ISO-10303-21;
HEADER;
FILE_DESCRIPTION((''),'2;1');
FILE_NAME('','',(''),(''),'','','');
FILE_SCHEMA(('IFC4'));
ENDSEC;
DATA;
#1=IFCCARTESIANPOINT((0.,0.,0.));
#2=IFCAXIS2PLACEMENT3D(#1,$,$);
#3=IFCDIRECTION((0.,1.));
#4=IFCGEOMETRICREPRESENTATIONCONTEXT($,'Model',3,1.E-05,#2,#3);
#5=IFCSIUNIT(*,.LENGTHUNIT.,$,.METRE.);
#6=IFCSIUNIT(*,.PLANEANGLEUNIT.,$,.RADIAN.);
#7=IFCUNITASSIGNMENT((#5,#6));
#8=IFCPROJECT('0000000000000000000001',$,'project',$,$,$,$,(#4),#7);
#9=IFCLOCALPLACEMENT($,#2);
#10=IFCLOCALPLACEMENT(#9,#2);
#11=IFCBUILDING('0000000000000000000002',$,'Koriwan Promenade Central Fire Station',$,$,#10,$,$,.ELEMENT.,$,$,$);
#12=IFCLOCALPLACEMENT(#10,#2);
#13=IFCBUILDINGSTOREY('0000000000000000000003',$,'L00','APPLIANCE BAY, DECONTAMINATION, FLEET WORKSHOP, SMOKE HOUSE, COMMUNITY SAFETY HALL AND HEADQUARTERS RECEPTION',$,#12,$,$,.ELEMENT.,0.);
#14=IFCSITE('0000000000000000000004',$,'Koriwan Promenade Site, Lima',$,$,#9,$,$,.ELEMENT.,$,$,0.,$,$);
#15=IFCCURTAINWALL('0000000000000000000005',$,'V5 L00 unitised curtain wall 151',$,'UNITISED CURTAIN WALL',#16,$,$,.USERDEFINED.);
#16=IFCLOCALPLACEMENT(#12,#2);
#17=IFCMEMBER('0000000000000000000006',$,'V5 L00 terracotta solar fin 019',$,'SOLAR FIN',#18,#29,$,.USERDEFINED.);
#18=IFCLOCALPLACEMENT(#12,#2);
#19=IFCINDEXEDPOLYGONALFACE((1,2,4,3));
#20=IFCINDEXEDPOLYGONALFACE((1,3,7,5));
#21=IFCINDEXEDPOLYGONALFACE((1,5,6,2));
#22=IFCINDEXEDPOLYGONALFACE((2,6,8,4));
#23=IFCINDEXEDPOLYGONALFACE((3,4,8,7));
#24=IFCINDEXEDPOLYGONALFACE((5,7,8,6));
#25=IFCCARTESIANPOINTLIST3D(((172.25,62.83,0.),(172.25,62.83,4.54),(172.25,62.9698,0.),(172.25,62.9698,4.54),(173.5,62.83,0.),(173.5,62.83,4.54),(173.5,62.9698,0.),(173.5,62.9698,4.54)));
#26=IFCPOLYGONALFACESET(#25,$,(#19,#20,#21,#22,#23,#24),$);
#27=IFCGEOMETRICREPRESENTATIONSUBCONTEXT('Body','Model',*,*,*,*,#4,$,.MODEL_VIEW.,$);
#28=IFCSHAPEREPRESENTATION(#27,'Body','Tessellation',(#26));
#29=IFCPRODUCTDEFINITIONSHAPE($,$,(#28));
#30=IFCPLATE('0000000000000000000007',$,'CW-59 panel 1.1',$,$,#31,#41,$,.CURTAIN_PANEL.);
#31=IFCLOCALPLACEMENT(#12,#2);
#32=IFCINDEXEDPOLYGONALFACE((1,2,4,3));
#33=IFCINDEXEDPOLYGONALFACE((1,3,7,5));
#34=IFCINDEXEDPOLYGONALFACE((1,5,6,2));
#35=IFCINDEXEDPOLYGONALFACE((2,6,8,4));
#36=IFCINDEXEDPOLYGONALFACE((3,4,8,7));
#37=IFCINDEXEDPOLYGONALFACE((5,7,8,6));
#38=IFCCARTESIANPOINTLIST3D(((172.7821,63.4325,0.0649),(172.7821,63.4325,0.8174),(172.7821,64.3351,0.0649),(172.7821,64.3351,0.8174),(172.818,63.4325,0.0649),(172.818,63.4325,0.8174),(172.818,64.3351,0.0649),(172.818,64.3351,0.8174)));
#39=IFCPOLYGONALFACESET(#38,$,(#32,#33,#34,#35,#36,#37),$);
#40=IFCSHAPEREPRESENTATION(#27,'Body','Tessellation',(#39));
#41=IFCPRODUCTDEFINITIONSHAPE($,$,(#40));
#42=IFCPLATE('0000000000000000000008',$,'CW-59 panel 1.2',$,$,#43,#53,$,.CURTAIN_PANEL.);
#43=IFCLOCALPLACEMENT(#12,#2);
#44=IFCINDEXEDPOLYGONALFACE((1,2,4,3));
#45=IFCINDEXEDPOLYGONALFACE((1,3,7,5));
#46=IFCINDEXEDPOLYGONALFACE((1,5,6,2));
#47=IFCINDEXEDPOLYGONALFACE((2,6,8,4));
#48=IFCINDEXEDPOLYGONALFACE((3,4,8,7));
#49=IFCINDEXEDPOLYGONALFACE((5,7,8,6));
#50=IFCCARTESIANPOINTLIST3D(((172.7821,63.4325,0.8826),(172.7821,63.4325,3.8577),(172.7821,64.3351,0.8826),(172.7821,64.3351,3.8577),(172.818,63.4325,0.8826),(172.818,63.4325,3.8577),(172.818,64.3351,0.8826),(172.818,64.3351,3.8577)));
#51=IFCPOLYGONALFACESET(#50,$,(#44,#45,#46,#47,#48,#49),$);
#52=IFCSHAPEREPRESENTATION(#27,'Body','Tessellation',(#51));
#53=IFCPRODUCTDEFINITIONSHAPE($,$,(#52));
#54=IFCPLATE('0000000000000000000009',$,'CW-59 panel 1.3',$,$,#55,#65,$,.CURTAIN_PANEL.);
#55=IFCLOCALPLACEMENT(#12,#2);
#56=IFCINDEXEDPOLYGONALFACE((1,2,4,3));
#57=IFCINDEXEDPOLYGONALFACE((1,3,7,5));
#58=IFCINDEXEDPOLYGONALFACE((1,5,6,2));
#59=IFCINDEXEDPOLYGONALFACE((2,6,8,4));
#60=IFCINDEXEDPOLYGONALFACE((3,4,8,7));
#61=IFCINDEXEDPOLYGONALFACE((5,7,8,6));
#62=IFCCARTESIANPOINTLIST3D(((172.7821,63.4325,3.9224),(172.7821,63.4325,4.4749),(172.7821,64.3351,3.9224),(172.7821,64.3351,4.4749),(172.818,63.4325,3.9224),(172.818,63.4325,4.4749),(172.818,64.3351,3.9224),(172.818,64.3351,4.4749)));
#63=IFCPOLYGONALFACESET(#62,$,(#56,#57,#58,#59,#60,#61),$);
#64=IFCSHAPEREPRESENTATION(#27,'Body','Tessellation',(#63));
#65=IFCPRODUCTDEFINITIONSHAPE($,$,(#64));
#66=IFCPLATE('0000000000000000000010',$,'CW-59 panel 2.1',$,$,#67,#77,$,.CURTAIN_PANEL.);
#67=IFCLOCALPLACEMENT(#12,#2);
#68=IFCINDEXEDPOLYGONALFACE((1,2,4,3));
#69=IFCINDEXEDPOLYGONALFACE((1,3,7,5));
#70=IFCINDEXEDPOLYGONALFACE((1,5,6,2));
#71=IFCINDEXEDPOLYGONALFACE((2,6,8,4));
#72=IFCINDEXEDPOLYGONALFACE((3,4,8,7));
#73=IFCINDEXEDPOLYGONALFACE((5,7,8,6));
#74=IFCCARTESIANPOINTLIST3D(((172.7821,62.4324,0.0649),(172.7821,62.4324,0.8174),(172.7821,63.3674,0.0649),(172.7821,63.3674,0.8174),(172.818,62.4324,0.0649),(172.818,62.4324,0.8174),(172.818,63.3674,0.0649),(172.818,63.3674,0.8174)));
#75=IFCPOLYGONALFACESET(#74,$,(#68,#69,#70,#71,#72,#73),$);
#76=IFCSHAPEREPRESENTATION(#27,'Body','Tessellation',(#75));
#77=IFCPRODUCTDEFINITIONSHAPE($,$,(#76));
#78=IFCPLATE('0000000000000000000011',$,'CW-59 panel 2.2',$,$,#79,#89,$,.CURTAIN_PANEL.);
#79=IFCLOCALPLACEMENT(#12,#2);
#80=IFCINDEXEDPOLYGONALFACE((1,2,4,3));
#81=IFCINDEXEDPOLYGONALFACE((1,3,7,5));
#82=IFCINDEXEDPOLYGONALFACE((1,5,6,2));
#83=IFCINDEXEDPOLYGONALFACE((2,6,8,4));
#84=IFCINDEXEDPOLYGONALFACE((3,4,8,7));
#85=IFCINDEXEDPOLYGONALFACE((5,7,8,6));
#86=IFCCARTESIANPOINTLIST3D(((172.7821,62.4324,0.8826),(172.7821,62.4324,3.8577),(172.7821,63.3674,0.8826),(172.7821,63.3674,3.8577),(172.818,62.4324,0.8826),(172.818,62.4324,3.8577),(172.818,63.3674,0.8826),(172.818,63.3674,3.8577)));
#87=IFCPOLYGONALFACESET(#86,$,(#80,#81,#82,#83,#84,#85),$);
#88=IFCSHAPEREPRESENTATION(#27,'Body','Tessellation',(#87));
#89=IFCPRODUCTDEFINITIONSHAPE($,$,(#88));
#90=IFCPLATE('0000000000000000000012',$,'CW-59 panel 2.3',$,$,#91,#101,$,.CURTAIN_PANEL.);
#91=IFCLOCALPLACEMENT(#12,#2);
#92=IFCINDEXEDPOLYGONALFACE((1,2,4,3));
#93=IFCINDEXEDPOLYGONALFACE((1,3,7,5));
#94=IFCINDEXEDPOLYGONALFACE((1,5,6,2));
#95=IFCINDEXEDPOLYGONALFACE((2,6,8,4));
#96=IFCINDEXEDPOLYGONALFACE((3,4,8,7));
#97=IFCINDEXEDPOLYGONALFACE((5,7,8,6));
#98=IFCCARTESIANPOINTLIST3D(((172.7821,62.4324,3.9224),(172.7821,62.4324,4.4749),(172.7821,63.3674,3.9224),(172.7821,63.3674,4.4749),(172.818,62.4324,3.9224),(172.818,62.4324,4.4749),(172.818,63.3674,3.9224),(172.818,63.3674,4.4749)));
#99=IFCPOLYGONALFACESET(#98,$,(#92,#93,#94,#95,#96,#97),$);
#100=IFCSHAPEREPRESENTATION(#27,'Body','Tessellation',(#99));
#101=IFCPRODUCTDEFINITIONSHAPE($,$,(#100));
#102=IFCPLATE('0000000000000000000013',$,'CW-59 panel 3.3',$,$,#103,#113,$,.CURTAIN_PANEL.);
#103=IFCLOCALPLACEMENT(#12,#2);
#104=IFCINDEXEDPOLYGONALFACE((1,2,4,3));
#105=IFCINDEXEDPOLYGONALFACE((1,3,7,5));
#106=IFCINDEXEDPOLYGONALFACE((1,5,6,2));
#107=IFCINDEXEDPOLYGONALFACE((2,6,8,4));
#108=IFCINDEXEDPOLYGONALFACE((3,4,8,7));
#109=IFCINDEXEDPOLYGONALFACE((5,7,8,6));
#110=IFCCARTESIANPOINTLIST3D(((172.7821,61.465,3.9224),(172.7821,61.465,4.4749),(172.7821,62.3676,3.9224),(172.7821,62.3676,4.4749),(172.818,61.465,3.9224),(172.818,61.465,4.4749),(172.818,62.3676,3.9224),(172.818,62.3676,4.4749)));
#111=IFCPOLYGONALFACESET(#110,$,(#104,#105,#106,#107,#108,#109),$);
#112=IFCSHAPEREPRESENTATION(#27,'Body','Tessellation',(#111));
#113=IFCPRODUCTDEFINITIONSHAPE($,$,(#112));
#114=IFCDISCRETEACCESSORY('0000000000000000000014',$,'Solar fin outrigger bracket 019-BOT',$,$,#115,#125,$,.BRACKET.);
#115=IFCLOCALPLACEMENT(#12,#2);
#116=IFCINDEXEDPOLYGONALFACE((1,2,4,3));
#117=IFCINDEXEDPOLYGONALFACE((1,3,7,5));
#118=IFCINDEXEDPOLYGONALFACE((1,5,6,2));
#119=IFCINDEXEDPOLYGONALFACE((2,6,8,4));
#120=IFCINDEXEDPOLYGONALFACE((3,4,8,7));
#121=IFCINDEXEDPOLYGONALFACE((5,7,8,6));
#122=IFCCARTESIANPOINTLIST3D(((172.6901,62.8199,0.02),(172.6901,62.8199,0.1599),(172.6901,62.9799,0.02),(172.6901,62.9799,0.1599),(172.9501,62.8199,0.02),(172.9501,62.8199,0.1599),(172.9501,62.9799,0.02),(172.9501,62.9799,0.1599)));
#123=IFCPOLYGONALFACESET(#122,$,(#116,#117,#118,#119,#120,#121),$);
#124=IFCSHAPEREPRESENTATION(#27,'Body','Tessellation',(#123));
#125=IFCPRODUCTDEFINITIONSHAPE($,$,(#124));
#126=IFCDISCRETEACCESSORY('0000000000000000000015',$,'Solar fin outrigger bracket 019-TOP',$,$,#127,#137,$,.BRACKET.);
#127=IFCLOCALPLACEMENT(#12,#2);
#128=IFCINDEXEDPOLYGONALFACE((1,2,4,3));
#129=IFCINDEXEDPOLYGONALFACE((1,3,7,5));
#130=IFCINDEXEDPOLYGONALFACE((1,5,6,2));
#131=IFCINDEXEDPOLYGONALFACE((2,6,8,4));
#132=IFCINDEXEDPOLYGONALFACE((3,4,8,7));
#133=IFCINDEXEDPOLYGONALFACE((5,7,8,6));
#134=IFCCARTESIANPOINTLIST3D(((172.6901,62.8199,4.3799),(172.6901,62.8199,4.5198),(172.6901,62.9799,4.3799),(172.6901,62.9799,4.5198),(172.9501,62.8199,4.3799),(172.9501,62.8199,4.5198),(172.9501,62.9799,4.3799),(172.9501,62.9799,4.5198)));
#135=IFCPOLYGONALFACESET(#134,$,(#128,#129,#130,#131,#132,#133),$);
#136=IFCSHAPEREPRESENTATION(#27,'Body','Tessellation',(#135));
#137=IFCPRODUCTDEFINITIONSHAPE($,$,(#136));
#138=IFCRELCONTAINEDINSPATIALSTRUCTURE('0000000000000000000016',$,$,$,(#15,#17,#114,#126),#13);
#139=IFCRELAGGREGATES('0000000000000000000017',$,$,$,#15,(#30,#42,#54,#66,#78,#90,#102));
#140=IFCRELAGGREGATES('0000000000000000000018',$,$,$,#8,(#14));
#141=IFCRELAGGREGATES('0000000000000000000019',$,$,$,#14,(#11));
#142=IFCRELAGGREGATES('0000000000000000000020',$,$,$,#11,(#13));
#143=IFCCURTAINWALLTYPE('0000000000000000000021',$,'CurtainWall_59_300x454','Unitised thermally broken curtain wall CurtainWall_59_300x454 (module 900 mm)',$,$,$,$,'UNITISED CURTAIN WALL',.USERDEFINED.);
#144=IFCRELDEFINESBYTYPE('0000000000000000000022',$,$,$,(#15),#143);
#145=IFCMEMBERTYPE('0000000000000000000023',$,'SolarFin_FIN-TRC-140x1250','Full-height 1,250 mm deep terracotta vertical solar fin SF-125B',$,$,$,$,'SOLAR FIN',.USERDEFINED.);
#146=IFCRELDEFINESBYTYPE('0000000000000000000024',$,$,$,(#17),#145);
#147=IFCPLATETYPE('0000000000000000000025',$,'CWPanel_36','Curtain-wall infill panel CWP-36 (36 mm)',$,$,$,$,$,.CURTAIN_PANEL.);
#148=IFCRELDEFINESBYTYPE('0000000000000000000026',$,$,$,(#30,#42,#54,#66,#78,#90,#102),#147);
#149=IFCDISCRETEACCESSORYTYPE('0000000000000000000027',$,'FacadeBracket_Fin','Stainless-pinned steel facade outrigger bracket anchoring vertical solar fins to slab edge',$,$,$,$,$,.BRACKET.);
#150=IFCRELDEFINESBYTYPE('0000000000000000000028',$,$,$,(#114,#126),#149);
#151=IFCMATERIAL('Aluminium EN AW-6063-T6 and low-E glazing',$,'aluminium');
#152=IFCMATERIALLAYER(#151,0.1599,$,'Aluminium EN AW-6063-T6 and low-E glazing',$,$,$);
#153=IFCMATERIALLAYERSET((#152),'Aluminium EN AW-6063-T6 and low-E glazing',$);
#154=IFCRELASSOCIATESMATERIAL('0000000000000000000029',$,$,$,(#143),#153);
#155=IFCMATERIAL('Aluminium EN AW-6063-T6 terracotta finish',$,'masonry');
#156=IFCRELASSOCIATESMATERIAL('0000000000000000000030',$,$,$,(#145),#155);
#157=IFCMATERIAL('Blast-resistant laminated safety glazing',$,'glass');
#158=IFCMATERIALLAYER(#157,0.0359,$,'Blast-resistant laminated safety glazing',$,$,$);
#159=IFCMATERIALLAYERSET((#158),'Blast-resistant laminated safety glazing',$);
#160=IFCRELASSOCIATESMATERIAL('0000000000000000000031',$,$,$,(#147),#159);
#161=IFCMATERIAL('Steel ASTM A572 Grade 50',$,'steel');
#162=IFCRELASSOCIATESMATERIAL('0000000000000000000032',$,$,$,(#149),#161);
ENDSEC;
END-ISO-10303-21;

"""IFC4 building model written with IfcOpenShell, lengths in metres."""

from ifc_helpers import new_model, si_unit, direction, frame, origin, origin_2d, place, context, subcontext, project, spatial, rectangle, extrude, material, layer, layer_set, material_profile, profile_set, type_object, element, aggregate, save


model = new_model("IFC4")

# Units and contexts
model_context = context("Model", 3, precision=1e-05, world=origin(), true_north=direction((0.0, 1.0)))
body_context = subcontext(model_context, "Body", "Model", "MODEL_VIEW")
ifc_project = project(units=[si_unit("LENGTHUNIT", "METRE"), si_unit("PLANEANGLEUNIT", "RADIAN")], contexts=[model_context])

# Site, building, storey
site_placement = place(None, origin())
site = spatial("IfcSite", under=ifc_project, at=site_placement, Name="Koriwan Promenade Site, Lima", CompositionType="ELEMENT", RefElevation=0.0)
building_placement = place(site_placement, origin())
building = spatial("IfcBuilding", under=site, at=building_placement, Name="Koriwan Promenade Central Fire Station", CompositionType="ELEMENT")
storey_placement = place(building_placement, origin())
storey = spatial("IfcBuildingStorey", under=building, at=storey_placement, Name="L00", Description="APPLIANCE BAY, DECONTAMINATION, FLEET WORKSHOP, SMOKE HOUSE, COMMUNITY SAFETY HALL AND HEADQUARTERS RECEPTION", CompositionType="ELEMENT", Elevation=0.0)

# Curtain wall
ifc_material_1 = material(Name="Aluminium EN AW-6063-T6 and low-E glazing", Category="aluminium")
ifc_layer_1 = layer(ifc_material_1, 0.1599, Name="Aluminium EN AW-6063-T6 and low-E glazing")
ifc_layer_set_1 = layer_set([ifc_layer_1], Name="Aluminium EN AW-6063-T6 and low-E glazing")
curtain_wall_type = type_object("IfcCurtainWallType", Name="CurtainWall_59_300x454", Description="Unitised thermally broken curtain wall CurtainWall_59_300x454 (module 900 mm)", ElementType="UNITISED CURTAIN WALL", PredefinedType="USERDEFINED", material=ifc_layer_set_1)
curtain_wall_placement = place(storey_placement, origin())
curtain_wall = element("IfcCurtainWall", 1, at=curtain_wall_placement, inside=storey, type_object=curtain_wall_type, Name="V5 L00 unitised curtain wall 151", ObjectType="UNITISED CURTAIN WALL", PredefinedType="USERDEFINED")

# Member
ifc_material_2 = material(Name="Aluminium EN AW-6063-T6 terracotta finish", Category="masonry")
ifc_material_profile_1 = material_profile(ifc_material_2, rectangle(XDim=0.1399, YDim=1.25, at=origin_2d()), Name="FIN-TRC-140x1250")
ifc_profile_set_1 = profile_set([ifc_material_profile_1], Name="Aluminium EN AW-6063-T6 terracotta finish")
member_type_1 = type_object("IfcMemberType", Name="SolarFin_FIN-TRC-140x1250", Description="Full-height 1,250 mm deep terracotta vertical solar fin SF-125B", ElementType="SOLAR FIN", PredefinedType="USERDEFINED", material=ifc_profile_set_1)
member_1_placement = place(storey_placement, frame((172.875, 62.8999, 0.0), z_axis=(0.0, 0.0, 1.0), x_axis=(0.0, -1.0, 0.0)))
element("IfcMember", 2, at=member_1_placement, inside=storey, type_object=member_type_1, Name="V5 L00 terracotta solar fin 019", ObjectType="SOLAR FIN", PredefinedType="USERDEFINED", context=body_context, shape_type="SweptSolid", body=[
    extrude(rectangle(XDim=0.1399, YDim=1.25, at=origin_2d()), origin(), (0.0, 0.0, 1.0), 4.54),
])

# Plates
ifc_material_3 = material(Name="Blast-resistant laminated safety glazing", Category="glass")
ifc_layer_2 = layer(ifc_material_3, 0.0359, Name="Blast-resistant laminated safety glazing")
ifc_layer_set_2 = layer_set([ifc_layer_2], Name="Blast-resistant laminated safety glazing")
plate_type = type_object("IfcPlateType", Name="CWPanel_36", Description="Curtain-wall infill panel CWP-36 (36 mm)", PredefinedType="CURTAIN_PANEL", material=ifc_layer_set_2)
plate_1_placement = place(storey_placement, frame((172.8, 63.8838, 0.0649), z_axis=(0.0, 0.0, 1.0), x_axis=(0.0, -1.0, 0.0)))
plate_1 = element("IfcPlate", 3, at=plate_1_placement, type_object=plate_type, Name="CW-59 panel 1.1", PredefinedType="CURTAIN_PANEL", context=body_context, shape_type="SweptSolid", body=[
    extrude(rectangle(XDim=0.9026, YDim=0.0359, at=origin_2d()), origin(), (0.0, 0.0, 1.0), 0.7524),
])
plate_2_placement = place(storey_placement, frame((172.8, 63.8838, 0.8826), z_axis=(0.0, 0.0, 1.0), x_axis=(0.0, -1.0, 0.0)))
plate_2 = element("IfcPlate", 4, at=plate_2_placement, type_object=plate_type, Name="CW-59 panel 1.2", PredefinedType="CURTAIN_PANEL", context=body_context, shape_type="SweptSolid", body=[
    extrude(rectangle(XDim=0.9026, YDim=0.0359, at=origin_2d()), origin(), (0.0, 0.0, 1.0), 2.9751),
])
plate_3_placement = place(storey_placement, frame((172.8, 63.8838, 3.9224), z_axis=(0.0, 0.0, 1.0), x_axis=(0.0, -1.0, 0.0)))
plate_3 = element("IfcPlate", 5, at=plate_3_placement, type_object=plate_type, Name="CW-59 panel 1.3", PredefinedType="CURTAIN_PANEL", context=body_context, shape_type="SweptSolid", body=[
    extrude(rectangle(XDim=0.9026, YDim=0.0359, at=origin_2d()), origin(), (0.0, 0.0, 1.0), 0.5525),
])
plate_4_placement = place(storey_placement, frame((172.8, 62.8999, 0.0649), z_axis=(0.0, 0.0, 1.0), x_axis=(0.0, -1.0, 0.0)))
plate_4 = element("IfcPlate", 6, at=plate_4_placement, type_object=plate_type, Name="CW-59 panel 2.1", PredefinedType="CURTAIN_PANEL", context=body_context, shape_type="SweptSolid", body=[
    extrude(rectangle(XDim=0.9351, YDim=0.0359, at=origin_2d()), origin(), (0.0, 0.0, 1.0), 0.7524),
])
plate_5_placement = place(storey_placement, frame((172.8, 62.8999, 0.8826), z_axis=(0.0, 0.0, 1.0), x_axis=(0.0, -1.0, 0.0)))
plate_5 = element("IfcPlate", 7, at=plate_5_placement, type_object=plate_type, Name="CW-59 panel 2.2", PredefinedType="CURTAIN_PANEL", context=body_context, shape_type="SweptSolid", body=[
    extrude(rectangle(XDim=0.9351, YDim=0.0359, at=origin_2d()), origin(), (0.0, 0.0, 1.0), 2.9751),
])
plate_6_placement = place(storey_placement, frame((172.8, 62.8999, 3.9224), z_axis=(0.0, 0.0, 1.0), x_axis=(0.0, -1.0, 0.0)))
plate_6 = element("IfcPlate", 8, at=plate_6_placement, type_object=plate_type, Name="CW-59 panel 2.3", PredefinedType="CURTAIN_PANEL", context=body_context, shape_type="SweptSolid", body=[
    extrude(rectangle(XDim=0.9351, YDim=0.0359, at=origin_2d()), origin(), (0.0, 0.0, 1.0), 0.5525),
])
plate_7_placement = place(storey_placement, frame((172.8, 61.9163, 3.9224), z_axis=(0.0, 0.0, 1.0), x_axis=(0.0, -1.0, 0.0)))
plate_7 = element("IfcPlate", 9, at=plate_7_placement, type_object=plate_type, Name="CW-59 panel 3.3", PredefinedType="CURTAIN_PANEL", context=body_context, shape_type="SweptSolid", body=[
    extrude(rectangle(XDim=0.9026, YDim=0.0359, at=origin_2d()), origin(), (0.0, 0.0, 1.0), 0.5525),
])
aggregate(curtain_wall, [plate_1, plate_2, plate_3, plate_4, plate_5, plate_6, plate_7])

# Discrete accessories
ifc_material_4 = material(Name="Steel ASTM A572 Grade 50", Category="steel")
discrete_accessory_type = type_object("IfcDiscreteAccessoryType", Name="FacadeBracket_Fin", Description="Stainless-pinned steel facade outrigger bracket anchoring vertical solar fins to slab edge", PredefinedType="BRACKET", material=ifc_material_4)
for number, where, z_axis, x_axis, name in (
    (10, (172.8201, 62.8999, 0.02), (0.0, 0.0, 1.0), (1.0, 0.0, 0.0), "Solar fin outrigger bracket 019-BOT"),
    (11, (172.8201, 62.8999, 4.3799), (0.0, 0.0, 1.0), (1.0, 0.0, 0.0), "Solar fin outrigger bracket 019-TOP"),
):
    element("IfcDiscreteAccessory", number, at=place(storey_placement, frame(where, z_axis=z_axis, x_axis=x_axis)), inside=storey, type_object=discrete_accessory_type, Name=name, PredefinedType="BRACKET", context=body_context, shape_type="SweptSolid", body=[
        extrude(rectangle(XDim=0.26, YDim=0.1599, at=origin_2d()), origin(), (0.0, 0.0, 1.0), 0.1399),
    ])

save(model, "model.ifc")
